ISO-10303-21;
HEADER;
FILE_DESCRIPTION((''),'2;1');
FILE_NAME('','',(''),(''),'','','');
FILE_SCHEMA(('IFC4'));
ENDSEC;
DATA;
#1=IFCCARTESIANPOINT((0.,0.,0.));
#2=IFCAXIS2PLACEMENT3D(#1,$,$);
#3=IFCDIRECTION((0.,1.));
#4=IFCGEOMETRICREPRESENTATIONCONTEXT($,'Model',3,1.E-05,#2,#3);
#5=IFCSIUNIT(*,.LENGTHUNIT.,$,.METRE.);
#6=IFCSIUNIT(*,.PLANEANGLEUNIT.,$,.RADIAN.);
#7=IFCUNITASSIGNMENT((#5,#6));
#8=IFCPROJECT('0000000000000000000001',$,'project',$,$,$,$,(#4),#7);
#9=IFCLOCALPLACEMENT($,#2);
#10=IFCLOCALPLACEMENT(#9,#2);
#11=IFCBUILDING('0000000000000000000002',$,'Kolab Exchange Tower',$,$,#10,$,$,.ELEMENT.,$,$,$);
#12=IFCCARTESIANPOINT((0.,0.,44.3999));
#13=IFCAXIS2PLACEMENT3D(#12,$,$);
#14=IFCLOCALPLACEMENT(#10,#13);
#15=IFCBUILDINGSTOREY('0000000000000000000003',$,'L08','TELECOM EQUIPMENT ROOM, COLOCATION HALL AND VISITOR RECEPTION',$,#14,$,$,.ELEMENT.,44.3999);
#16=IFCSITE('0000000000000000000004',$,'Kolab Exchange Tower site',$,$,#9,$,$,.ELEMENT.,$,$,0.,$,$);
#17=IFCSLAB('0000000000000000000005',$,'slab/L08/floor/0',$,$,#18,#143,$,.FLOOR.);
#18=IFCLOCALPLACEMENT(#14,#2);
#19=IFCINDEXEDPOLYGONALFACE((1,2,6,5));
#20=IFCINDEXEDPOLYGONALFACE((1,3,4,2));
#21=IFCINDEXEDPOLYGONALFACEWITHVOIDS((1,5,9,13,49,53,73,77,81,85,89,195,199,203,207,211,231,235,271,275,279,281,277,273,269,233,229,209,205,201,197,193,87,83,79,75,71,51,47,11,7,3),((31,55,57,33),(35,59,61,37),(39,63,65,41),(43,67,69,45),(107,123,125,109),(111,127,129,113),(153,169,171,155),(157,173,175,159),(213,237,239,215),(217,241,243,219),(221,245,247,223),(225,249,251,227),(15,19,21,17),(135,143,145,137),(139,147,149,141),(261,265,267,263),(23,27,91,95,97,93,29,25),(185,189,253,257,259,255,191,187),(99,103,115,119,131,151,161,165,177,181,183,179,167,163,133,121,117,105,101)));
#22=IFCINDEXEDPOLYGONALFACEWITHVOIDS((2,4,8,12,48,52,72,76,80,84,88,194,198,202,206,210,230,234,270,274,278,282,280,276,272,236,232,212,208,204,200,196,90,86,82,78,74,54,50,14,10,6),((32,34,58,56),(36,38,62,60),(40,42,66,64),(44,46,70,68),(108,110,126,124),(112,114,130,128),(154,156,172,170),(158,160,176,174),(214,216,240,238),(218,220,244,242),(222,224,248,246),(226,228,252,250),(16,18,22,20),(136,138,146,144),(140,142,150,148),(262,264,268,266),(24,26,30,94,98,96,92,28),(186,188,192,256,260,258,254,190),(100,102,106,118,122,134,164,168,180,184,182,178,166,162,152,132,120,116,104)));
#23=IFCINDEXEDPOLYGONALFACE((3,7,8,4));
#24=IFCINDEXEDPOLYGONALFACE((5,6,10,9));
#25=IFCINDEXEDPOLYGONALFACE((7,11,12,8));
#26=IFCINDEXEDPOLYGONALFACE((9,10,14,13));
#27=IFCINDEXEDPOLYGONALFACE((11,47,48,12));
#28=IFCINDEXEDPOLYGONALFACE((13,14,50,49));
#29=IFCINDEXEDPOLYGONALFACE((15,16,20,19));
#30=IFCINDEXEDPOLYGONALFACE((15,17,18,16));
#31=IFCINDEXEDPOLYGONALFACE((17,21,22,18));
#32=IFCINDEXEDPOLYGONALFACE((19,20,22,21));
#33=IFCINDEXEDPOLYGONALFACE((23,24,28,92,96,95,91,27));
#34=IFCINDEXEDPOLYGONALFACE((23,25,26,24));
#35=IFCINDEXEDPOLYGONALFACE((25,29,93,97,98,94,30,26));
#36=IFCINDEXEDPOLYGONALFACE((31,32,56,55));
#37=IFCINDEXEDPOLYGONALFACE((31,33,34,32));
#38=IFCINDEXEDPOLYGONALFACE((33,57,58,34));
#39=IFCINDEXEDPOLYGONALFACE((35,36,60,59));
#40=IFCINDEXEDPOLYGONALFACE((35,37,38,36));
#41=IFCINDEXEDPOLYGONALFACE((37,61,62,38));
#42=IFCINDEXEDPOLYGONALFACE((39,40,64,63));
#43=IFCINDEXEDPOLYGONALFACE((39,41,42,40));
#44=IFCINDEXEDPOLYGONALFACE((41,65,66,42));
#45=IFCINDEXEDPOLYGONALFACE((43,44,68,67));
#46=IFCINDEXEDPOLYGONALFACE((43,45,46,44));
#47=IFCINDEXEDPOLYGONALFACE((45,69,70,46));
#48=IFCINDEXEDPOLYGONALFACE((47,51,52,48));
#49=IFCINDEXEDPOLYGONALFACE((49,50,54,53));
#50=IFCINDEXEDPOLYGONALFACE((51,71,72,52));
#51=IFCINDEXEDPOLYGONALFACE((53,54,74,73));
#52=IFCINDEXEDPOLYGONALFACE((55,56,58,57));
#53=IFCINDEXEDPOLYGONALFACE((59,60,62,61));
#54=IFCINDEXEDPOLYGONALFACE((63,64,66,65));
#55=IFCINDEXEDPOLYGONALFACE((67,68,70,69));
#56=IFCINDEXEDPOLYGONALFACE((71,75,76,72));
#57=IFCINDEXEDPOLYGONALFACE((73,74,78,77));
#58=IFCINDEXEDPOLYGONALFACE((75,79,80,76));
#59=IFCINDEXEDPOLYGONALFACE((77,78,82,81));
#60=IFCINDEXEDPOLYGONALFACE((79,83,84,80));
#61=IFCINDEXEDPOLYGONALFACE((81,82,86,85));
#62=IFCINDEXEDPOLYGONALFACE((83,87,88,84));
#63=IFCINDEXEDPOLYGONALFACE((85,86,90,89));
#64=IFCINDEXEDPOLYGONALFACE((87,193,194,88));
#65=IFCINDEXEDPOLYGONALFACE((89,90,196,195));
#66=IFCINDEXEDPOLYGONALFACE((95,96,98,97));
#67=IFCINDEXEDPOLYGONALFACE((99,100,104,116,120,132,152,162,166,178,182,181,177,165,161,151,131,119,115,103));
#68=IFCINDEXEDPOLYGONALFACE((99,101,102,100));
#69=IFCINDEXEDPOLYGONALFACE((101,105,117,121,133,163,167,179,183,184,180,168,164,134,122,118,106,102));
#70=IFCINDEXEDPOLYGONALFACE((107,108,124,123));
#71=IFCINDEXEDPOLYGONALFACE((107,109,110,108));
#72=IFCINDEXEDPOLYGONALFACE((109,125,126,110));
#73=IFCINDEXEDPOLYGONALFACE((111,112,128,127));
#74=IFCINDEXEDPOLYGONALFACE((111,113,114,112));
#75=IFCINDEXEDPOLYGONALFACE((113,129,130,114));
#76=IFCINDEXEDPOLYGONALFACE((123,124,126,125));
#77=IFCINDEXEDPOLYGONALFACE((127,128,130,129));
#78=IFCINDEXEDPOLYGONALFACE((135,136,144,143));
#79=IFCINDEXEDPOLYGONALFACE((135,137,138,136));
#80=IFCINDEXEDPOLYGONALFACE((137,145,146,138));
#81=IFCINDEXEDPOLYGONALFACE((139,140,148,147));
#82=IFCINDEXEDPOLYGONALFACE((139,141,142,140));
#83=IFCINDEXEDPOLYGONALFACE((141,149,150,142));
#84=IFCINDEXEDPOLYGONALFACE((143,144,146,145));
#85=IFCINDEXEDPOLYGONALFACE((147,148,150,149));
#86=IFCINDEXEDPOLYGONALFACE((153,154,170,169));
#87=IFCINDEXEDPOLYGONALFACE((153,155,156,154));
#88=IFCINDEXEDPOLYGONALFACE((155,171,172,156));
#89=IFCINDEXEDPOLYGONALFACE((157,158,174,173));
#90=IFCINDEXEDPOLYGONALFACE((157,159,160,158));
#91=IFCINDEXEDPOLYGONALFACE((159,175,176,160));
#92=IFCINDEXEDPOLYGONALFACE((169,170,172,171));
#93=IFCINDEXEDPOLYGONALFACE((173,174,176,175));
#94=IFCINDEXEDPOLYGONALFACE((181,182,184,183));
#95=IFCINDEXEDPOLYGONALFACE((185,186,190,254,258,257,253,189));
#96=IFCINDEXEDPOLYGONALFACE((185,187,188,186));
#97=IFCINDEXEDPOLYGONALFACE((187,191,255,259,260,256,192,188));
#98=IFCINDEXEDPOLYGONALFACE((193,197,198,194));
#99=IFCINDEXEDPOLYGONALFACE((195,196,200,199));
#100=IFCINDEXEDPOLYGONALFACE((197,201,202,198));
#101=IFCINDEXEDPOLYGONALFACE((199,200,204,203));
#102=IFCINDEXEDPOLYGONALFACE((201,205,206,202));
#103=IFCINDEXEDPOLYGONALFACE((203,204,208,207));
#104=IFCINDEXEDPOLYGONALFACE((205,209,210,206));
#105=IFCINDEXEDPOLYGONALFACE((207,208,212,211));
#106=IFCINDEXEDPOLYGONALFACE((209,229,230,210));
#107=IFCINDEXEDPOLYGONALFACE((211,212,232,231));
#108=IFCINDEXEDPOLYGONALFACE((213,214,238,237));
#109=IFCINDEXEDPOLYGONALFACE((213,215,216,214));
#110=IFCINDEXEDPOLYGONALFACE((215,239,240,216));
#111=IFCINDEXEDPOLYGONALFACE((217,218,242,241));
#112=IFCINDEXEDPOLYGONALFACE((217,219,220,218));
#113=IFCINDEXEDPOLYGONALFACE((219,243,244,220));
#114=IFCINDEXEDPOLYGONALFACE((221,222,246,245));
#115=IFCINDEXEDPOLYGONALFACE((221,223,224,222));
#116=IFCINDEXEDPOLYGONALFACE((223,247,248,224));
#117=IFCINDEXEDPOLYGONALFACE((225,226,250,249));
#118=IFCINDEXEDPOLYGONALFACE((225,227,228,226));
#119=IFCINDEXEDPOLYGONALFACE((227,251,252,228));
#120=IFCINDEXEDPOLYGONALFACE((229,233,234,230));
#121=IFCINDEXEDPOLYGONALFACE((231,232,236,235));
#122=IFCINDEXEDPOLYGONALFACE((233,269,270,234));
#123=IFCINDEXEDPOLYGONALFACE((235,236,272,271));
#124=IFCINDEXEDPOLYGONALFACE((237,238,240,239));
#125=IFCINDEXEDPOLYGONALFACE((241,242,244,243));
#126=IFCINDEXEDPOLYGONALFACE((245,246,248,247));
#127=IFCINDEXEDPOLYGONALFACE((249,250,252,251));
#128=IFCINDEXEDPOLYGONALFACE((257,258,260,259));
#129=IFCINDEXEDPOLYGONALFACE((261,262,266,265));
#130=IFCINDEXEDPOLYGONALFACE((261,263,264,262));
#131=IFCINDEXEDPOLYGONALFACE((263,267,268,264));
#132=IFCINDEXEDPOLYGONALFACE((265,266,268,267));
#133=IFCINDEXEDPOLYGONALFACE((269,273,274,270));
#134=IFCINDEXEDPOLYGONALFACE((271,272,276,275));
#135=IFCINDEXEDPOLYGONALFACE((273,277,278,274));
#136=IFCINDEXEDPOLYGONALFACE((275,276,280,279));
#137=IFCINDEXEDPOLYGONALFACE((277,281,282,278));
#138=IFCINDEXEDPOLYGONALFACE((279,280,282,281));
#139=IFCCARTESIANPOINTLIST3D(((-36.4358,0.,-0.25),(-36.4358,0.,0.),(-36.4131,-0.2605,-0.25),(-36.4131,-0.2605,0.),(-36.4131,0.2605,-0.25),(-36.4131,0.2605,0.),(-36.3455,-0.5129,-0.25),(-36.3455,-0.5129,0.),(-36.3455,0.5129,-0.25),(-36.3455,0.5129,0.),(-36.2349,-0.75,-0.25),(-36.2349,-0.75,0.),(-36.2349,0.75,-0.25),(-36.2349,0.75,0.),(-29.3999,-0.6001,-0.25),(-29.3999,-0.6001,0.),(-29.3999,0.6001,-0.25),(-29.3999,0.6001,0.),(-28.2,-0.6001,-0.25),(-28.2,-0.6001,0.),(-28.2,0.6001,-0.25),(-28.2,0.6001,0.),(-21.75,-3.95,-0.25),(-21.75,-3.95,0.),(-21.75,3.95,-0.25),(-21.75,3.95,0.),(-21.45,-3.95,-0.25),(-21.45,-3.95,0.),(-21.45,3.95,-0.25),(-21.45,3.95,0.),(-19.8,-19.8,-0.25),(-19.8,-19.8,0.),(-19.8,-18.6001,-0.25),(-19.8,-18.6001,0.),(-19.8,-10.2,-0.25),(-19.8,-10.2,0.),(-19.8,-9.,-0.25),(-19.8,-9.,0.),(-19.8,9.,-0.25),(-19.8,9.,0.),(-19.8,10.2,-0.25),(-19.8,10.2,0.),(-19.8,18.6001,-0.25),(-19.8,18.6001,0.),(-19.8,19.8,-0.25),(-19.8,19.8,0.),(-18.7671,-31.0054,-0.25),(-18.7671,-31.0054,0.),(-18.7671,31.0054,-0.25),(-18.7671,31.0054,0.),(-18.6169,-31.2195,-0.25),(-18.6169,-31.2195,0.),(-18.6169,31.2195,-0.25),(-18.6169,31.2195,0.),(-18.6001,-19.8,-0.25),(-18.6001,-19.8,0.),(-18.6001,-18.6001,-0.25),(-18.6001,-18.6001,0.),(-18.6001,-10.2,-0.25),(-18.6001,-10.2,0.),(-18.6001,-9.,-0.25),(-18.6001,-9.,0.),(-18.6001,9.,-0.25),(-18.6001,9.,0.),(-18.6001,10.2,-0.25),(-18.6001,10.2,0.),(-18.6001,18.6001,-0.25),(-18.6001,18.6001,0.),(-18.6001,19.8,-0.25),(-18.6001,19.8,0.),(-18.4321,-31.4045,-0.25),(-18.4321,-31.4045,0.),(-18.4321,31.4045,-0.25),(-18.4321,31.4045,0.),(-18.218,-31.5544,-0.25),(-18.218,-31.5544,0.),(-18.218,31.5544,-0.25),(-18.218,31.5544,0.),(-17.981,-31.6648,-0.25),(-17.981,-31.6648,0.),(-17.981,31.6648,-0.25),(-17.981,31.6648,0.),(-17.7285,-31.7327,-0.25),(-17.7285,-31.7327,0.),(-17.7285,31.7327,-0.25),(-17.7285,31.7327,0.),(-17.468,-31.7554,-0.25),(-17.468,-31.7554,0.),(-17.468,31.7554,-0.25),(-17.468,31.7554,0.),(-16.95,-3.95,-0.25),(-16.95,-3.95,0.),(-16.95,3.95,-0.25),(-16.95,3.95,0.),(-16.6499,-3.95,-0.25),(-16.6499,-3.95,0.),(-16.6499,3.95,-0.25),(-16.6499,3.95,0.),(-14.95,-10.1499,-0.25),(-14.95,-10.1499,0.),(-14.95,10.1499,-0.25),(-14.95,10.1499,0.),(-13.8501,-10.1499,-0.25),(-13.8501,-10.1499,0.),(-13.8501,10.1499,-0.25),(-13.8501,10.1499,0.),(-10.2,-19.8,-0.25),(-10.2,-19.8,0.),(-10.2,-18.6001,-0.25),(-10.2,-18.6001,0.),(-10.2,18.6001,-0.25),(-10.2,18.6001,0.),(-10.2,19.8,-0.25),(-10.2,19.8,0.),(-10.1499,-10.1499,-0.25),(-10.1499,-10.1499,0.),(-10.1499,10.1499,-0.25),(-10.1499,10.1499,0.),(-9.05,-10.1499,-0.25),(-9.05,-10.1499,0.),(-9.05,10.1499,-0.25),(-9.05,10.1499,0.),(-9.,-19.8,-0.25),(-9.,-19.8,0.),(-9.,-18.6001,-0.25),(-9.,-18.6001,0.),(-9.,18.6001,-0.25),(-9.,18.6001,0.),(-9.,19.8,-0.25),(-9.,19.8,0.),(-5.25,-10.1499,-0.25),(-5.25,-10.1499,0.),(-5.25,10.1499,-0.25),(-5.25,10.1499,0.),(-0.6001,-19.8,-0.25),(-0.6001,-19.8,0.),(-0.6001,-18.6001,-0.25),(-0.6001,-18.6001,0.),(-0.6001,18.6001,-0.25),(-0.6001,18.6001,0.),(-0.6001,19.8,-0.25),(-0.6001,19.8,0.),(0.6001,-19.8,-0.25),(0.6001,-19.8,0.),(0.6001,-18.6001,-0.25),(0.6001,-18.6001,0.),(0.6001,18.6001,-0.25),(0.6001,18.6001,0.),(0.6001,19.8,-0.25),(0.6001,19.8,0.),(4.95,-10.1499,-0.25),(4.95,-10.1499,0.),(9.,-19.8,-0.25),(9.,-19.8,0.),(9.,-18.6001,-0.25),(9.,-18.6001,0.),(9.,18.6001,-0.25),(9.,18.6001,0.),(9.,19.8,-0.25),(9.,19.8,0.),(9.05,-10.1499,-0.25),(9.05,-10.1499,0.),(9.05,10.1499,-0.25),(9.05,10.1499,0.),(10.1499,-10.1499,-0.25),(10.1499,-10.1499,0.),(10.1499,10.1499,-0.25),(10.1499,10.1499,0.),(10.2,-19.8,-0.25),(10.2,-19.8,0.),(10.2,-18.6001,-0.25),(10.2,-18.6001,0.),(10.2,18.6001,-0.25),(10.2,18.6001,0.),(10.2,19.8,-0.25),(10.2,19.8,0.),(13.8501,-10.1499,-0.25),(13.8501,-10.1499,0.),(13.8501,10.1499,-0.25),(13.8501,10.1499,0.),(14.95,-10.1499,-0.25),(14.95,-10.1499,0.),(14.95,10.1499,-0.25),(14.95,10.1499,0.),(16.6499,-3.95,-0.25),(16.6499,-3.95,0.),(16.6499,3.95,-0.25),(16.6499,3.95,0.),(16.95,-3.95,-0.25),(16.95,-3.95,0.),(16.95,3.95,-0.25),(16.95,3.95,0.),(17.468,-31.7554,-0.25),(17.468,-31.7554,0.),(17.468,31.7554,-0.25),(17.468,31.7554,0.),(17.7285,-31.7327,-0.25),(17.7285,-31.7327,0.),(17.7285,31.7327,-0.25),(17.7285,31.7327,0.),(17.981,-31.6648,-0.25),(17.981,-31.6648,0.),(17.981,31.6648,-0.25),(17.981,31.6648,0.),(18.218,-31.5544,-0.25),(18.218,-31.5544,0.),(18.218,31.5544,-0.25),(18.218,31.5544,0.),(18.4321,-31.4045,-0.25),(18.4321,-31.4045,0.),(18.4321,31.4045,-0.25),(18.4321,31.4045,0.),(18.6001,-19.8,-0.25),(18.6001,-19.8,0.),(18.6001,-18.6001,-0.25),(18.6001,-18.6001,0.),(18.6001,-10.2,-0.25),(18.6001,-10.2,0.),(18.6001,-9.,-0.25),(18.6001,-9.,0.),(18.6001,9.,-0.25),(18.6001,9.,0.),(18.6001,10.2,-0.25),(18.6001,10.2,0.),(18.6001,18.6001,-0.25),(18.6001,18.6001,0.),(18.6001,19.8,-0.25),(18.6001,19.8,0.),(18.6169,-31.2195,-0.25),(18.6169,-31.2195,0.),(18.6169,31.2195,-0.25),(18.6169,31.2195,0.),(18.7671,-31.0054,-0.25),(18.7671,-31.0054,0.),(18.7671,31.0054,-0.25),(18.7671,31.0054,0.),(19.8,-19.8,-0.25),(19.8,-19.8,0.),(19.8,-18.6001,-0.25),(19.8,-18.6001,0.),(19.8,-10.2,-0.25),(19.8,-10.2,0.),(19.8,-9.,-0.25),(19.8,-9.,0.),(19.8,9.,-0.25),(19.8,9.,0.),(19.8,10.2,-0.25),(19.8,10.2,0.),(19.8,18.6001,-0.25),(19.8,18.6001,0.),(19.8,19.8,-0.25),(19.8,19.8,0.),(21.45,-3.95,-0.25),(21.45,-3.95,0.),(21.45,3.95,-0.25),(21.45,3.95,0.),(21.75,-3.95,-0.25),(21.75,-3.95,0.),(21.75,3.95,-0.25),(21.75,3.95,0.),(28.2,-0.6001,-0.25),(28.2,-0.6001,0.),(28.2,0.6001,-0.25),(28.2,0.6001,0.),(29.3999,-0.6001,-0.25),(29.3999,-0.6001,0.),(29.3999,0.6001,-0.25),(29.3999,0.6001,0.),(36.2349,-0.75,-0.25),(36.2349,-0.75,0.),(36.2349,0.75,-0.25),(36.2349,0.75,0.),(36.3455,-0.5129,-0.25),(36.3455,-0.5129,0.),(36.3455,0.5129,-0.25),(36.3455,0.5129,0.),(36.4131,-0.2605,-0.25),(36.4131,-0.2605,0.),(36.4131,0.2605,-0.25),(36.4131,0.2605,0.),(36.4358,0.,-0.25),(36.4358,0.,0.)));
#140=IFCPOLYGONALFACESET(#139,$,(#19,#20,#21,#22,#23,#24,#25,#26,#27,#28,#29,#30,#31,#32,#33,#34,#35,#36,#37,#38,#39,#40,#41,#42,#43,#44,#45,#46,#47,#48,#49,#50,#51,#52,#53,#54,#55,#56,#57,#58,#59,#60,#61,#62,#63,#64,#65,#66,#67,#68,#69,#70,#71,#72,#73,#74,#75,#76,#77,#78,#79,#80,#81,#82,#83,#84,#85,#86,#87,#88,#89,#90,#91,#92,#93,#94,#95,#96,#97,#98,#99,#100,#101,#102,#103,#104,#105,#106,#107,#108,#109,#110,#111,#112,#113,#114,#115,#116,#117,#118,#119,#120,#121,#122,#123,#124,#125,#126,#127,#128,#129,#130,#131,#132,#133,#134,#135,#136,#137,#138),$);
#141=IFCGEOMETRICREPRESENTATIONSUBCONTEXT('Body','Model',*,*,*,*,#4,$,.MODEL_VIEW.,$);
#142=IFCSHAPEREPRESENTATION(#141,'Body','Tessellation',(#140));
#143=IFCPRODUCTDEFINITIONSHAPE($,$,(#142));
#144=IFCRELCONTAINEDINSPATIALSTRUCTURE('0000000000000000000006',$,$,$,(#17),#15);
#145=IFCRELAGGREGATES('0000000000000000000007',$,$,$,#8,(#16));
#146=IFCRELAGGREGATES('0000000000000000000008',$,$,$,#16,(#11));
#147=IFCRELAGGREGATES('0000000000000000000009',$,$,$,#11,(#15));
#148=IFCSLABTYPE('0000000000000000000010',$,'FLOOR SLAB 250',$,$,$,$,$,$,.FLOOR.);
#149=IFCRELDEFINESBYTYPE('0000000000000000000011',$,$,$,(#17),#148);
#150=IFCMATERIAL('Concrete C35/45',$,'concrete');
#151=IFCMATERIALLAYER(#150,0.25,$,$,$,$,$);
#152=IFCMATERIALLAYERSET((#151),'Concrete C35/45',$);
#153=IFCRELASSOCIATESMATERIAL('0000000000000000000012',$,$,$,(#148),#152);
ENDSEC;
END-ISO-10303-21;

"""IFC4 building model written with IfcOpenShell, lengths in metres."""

from ifc_helpers import new_model, si_unit, direction, frame, origin, place, context, subcontext, project, spatial, polyline, outline, extrude, material, layer, layer_set, type_object, element, save


model = new_model("IFC4")

# Units and contexts
model_context = context("Model", 3, precision=1e-05, world=origin(), true_north=direction((0.0, 1.0)))
body_context = subcontext(model_context, "Body", "Model", "MODEL_VIEW")
ifc_project = project(units=[si_unit("LENGTHUNIT", "METRE"), si_unit("PLANEANGLEUNIT", "RADIAN")], contexts=[model_context])

# Site, building, storey
site_placement = place(None, origin())
site = spatial("IfcSite", under=ifc_project, at=site_placement, Name="Kolab Exchange Tower site", CompositionType="ELEMENT", RefElevation=0.0)
building_placement = place(site_placement, origin())
building = spatial("IfcBuilding", under=site, at=building_placement, Name="Kolab Exchange Tower", CompositionType="ELEMENT")
storey_placement = place(building_placement, frame((0.0, 0.0, 44.3999)))
storey = spatial("IfcBuildingStorey", under=building, at=storey_placement, Name="L08", Description="TELECOM EQUIPMENT ROOM, COLOCATION HALL AND VISITOR RECEPTION", CompositionType="ELEMENT", Elevation=44.3999)

# Slab
ifc_material_1 = material(Name="Concrete C35/45", Category="concrete")
ifc_layer_1 = layer(ifc_material_1, 0.25)
ifc_layer_set_1 = layer_set([ifc_layer_1], Name="Concrete C35/45")
slab_type = type_object("IfcSlabType", Name="FLOOR SLAB 250", PredefinedType="FLOOR", material=ifc_layer_set_1)
slab_1_placement = place(storey_placement, frame((0.0, 0.0, -0.25)))
element("IfcSlab", 1, at=slab_1_placement, inside=storey, type_object=slab_type, Name="slab/L08/floor/0", PredefinedType="FLOOR", context=body_context, shape_type="SweptSolid", body=[
    extrude(outline(polyline([(18.7671, -31.0054), (36.2349, -0.75), (36.3455, -0.5129), (36.4131, -0.2605), (36.4358, 0.0), (36.4131, 0.2605), (36.3455, 0.5129), (36.2349, 0.75), (18.7671, 31.0054), (18.6169, 31.2195), (18.4321, 31.4045), (18.218, 31.5544), (17.981, 31.6648), (17.7285, 31.7327), (17.468, 31.7554), (-17.468, 31.7554), (-17.7285, 31.7327), (-17.981, 31.6648), (-18.218, 31.5544), (-18.4321, 31.4045), (-18.6169, 31.2195), (-18.7671, 31.0054), (-36.2349, 0.75), (-36.3455, 0.5129), (-36.4131, 0.2605), (-36.4358, 0.0), (-36.4131, -0.2605), (-36.3455, -0.5129), (-36.2349, -0.75), (-18.7671, -31.0054), (-18.6169, -31.2195), (-18.4321, -31.4045), (-18.218, -31.5544), (-17.981, -31.6648), (-17.7285, -31.7327), (-17.468, -31.7554), (17.468, -31.7554), (17.7285, -31.7327), (17.981, -31.6648), (18.218, -31.5544), (18.4321, -31.4045), (18.6169, -31.2195), (18.7671, -31.0054)]), holes=[polyline([(-19.8, -18.6001), (-18.6001, -18.6001), (-18.6001, -19.8), (-19.8, -19.8), (-19.8, -18.6001)]), polyline([(-18.6001, -9.0), (-18.6001, -10.2), (-19.8, -10.2), (-19.8, -9.0), (-18.6001, -9.0)]), polyline([(-21.75, -3.95), (-21.75, 3.95), (-21.45, 3.95), (-16.95, 3.95), (-16.6499, 3.95), (-16.6499, -3.95), (-16.95, -3.95), (-21.45, -3.95), (-21.75, -3.95)]), polyline([(-14.95, 10.1499), (-13.8501, 10.1499), (-10.1499, 10.1499), (-9.05, 10.1499), (-5.25, 10.1499), (9.05, 10.1499), (10.1499, 10.1499), (13.8501, 10.1499), (14.95, 10.1499), (14.95, -10.1499), (13.8501, -10.1499), (10.1499, -10.1499), (9.05, -10.1499), (4.95, -10.1499), (-5.25, -10.1499), (-9.05, -10.1499), (-10.1499, -10.1499), (-13.8501, -10.1499), (-14.95, -10.1499), (-14.95, 10.1499)]), polyline([(-28.2, 0.6001), (-28.2, -0.6001), (-29.3999, -0.6001), (-29.3999, 0.6001), (-28.2, 0.6001)]), polyline([(-18.6001, 10.2), (-18.6001, 9.0), (-19.8, 9.0), (-19.8, 10.2), (-18.6001, 10.2)]), polyline([(-19.8, 19.8), (-18.6001, 19.8), (-18.6001, 18.6001), (-19.8, 18.6001), (-19.8, 19.8)]), polyline([(-9.0, -18.6001), (-9.0, -19.8), (-10.2, -19.8), (-10.2, -18.6001), (-9.0, -18.6001)]), polyline([(-9.0, 19.8), (-9.0, 18.6001), (-10.2, 18.6001), (-10.2, 19.8), (-9.0, 19.8)]), polyline([(0.6001, -18.6001), (0.6001, -19.8), (-0.6001, -19.8), (-0.6001, -18.6001), (0.6001, -18.6001)]), polyline([(0.6001, 19.8), (0.6001, 18.6001), (-0.6001, 18.6001), (-0.6001, 19.8), (0.6001, 19.8)]), polyline([(10.2, -18.6001), (10.2, -19.8), (9.0, -19.8), (9.0, -18.6001), (10.2, -18.6001)]), polyline([(9.0, 19.8), (10.2, 19.8), (10.2, 18.6001), (9.0, 18.6001), (9.0, 19.8)]), polyline([(19.8, -18.6001), (19.8, -19.8), (18.6001, -19.8), (18.6001, -18.6001), (19.8, -18.6001)]), polyline([(19.8, -9.0), (19.8, -10.2), (18.6001, -10.2), (18.6001, -9.0), (19.8, -9.0)]), polyline([(16.95, -3.95), (16.6499, -3.95), (16.6499, 3.95), (16.95, 3.95), (21.45, 3.95), (21.75, 3.95), (21.75, -3.95), (21.45, -3.95), (16.95, -3.95)]), polyline([(29.3999, 0.6001), (29.3999, -0.6001), (28.2, -0.6001), (28.2, 0.6001), (29.3999, 0.6001)]), polyline([(18.6001, 10.2), (19.8, 10.2), (19.8, 9.0), (18.6001, 9.0), (18.6001, 10.2)]), polyline([(18.6001, 19.8), (19.8, 19.8), (19.8, 18.6001), (18.6001, 18.6001), (18.6001, 19.8)])]), origin(), (0.0, 0.0, 1.0), 0.25),
])

save(model, "model.ifc")
